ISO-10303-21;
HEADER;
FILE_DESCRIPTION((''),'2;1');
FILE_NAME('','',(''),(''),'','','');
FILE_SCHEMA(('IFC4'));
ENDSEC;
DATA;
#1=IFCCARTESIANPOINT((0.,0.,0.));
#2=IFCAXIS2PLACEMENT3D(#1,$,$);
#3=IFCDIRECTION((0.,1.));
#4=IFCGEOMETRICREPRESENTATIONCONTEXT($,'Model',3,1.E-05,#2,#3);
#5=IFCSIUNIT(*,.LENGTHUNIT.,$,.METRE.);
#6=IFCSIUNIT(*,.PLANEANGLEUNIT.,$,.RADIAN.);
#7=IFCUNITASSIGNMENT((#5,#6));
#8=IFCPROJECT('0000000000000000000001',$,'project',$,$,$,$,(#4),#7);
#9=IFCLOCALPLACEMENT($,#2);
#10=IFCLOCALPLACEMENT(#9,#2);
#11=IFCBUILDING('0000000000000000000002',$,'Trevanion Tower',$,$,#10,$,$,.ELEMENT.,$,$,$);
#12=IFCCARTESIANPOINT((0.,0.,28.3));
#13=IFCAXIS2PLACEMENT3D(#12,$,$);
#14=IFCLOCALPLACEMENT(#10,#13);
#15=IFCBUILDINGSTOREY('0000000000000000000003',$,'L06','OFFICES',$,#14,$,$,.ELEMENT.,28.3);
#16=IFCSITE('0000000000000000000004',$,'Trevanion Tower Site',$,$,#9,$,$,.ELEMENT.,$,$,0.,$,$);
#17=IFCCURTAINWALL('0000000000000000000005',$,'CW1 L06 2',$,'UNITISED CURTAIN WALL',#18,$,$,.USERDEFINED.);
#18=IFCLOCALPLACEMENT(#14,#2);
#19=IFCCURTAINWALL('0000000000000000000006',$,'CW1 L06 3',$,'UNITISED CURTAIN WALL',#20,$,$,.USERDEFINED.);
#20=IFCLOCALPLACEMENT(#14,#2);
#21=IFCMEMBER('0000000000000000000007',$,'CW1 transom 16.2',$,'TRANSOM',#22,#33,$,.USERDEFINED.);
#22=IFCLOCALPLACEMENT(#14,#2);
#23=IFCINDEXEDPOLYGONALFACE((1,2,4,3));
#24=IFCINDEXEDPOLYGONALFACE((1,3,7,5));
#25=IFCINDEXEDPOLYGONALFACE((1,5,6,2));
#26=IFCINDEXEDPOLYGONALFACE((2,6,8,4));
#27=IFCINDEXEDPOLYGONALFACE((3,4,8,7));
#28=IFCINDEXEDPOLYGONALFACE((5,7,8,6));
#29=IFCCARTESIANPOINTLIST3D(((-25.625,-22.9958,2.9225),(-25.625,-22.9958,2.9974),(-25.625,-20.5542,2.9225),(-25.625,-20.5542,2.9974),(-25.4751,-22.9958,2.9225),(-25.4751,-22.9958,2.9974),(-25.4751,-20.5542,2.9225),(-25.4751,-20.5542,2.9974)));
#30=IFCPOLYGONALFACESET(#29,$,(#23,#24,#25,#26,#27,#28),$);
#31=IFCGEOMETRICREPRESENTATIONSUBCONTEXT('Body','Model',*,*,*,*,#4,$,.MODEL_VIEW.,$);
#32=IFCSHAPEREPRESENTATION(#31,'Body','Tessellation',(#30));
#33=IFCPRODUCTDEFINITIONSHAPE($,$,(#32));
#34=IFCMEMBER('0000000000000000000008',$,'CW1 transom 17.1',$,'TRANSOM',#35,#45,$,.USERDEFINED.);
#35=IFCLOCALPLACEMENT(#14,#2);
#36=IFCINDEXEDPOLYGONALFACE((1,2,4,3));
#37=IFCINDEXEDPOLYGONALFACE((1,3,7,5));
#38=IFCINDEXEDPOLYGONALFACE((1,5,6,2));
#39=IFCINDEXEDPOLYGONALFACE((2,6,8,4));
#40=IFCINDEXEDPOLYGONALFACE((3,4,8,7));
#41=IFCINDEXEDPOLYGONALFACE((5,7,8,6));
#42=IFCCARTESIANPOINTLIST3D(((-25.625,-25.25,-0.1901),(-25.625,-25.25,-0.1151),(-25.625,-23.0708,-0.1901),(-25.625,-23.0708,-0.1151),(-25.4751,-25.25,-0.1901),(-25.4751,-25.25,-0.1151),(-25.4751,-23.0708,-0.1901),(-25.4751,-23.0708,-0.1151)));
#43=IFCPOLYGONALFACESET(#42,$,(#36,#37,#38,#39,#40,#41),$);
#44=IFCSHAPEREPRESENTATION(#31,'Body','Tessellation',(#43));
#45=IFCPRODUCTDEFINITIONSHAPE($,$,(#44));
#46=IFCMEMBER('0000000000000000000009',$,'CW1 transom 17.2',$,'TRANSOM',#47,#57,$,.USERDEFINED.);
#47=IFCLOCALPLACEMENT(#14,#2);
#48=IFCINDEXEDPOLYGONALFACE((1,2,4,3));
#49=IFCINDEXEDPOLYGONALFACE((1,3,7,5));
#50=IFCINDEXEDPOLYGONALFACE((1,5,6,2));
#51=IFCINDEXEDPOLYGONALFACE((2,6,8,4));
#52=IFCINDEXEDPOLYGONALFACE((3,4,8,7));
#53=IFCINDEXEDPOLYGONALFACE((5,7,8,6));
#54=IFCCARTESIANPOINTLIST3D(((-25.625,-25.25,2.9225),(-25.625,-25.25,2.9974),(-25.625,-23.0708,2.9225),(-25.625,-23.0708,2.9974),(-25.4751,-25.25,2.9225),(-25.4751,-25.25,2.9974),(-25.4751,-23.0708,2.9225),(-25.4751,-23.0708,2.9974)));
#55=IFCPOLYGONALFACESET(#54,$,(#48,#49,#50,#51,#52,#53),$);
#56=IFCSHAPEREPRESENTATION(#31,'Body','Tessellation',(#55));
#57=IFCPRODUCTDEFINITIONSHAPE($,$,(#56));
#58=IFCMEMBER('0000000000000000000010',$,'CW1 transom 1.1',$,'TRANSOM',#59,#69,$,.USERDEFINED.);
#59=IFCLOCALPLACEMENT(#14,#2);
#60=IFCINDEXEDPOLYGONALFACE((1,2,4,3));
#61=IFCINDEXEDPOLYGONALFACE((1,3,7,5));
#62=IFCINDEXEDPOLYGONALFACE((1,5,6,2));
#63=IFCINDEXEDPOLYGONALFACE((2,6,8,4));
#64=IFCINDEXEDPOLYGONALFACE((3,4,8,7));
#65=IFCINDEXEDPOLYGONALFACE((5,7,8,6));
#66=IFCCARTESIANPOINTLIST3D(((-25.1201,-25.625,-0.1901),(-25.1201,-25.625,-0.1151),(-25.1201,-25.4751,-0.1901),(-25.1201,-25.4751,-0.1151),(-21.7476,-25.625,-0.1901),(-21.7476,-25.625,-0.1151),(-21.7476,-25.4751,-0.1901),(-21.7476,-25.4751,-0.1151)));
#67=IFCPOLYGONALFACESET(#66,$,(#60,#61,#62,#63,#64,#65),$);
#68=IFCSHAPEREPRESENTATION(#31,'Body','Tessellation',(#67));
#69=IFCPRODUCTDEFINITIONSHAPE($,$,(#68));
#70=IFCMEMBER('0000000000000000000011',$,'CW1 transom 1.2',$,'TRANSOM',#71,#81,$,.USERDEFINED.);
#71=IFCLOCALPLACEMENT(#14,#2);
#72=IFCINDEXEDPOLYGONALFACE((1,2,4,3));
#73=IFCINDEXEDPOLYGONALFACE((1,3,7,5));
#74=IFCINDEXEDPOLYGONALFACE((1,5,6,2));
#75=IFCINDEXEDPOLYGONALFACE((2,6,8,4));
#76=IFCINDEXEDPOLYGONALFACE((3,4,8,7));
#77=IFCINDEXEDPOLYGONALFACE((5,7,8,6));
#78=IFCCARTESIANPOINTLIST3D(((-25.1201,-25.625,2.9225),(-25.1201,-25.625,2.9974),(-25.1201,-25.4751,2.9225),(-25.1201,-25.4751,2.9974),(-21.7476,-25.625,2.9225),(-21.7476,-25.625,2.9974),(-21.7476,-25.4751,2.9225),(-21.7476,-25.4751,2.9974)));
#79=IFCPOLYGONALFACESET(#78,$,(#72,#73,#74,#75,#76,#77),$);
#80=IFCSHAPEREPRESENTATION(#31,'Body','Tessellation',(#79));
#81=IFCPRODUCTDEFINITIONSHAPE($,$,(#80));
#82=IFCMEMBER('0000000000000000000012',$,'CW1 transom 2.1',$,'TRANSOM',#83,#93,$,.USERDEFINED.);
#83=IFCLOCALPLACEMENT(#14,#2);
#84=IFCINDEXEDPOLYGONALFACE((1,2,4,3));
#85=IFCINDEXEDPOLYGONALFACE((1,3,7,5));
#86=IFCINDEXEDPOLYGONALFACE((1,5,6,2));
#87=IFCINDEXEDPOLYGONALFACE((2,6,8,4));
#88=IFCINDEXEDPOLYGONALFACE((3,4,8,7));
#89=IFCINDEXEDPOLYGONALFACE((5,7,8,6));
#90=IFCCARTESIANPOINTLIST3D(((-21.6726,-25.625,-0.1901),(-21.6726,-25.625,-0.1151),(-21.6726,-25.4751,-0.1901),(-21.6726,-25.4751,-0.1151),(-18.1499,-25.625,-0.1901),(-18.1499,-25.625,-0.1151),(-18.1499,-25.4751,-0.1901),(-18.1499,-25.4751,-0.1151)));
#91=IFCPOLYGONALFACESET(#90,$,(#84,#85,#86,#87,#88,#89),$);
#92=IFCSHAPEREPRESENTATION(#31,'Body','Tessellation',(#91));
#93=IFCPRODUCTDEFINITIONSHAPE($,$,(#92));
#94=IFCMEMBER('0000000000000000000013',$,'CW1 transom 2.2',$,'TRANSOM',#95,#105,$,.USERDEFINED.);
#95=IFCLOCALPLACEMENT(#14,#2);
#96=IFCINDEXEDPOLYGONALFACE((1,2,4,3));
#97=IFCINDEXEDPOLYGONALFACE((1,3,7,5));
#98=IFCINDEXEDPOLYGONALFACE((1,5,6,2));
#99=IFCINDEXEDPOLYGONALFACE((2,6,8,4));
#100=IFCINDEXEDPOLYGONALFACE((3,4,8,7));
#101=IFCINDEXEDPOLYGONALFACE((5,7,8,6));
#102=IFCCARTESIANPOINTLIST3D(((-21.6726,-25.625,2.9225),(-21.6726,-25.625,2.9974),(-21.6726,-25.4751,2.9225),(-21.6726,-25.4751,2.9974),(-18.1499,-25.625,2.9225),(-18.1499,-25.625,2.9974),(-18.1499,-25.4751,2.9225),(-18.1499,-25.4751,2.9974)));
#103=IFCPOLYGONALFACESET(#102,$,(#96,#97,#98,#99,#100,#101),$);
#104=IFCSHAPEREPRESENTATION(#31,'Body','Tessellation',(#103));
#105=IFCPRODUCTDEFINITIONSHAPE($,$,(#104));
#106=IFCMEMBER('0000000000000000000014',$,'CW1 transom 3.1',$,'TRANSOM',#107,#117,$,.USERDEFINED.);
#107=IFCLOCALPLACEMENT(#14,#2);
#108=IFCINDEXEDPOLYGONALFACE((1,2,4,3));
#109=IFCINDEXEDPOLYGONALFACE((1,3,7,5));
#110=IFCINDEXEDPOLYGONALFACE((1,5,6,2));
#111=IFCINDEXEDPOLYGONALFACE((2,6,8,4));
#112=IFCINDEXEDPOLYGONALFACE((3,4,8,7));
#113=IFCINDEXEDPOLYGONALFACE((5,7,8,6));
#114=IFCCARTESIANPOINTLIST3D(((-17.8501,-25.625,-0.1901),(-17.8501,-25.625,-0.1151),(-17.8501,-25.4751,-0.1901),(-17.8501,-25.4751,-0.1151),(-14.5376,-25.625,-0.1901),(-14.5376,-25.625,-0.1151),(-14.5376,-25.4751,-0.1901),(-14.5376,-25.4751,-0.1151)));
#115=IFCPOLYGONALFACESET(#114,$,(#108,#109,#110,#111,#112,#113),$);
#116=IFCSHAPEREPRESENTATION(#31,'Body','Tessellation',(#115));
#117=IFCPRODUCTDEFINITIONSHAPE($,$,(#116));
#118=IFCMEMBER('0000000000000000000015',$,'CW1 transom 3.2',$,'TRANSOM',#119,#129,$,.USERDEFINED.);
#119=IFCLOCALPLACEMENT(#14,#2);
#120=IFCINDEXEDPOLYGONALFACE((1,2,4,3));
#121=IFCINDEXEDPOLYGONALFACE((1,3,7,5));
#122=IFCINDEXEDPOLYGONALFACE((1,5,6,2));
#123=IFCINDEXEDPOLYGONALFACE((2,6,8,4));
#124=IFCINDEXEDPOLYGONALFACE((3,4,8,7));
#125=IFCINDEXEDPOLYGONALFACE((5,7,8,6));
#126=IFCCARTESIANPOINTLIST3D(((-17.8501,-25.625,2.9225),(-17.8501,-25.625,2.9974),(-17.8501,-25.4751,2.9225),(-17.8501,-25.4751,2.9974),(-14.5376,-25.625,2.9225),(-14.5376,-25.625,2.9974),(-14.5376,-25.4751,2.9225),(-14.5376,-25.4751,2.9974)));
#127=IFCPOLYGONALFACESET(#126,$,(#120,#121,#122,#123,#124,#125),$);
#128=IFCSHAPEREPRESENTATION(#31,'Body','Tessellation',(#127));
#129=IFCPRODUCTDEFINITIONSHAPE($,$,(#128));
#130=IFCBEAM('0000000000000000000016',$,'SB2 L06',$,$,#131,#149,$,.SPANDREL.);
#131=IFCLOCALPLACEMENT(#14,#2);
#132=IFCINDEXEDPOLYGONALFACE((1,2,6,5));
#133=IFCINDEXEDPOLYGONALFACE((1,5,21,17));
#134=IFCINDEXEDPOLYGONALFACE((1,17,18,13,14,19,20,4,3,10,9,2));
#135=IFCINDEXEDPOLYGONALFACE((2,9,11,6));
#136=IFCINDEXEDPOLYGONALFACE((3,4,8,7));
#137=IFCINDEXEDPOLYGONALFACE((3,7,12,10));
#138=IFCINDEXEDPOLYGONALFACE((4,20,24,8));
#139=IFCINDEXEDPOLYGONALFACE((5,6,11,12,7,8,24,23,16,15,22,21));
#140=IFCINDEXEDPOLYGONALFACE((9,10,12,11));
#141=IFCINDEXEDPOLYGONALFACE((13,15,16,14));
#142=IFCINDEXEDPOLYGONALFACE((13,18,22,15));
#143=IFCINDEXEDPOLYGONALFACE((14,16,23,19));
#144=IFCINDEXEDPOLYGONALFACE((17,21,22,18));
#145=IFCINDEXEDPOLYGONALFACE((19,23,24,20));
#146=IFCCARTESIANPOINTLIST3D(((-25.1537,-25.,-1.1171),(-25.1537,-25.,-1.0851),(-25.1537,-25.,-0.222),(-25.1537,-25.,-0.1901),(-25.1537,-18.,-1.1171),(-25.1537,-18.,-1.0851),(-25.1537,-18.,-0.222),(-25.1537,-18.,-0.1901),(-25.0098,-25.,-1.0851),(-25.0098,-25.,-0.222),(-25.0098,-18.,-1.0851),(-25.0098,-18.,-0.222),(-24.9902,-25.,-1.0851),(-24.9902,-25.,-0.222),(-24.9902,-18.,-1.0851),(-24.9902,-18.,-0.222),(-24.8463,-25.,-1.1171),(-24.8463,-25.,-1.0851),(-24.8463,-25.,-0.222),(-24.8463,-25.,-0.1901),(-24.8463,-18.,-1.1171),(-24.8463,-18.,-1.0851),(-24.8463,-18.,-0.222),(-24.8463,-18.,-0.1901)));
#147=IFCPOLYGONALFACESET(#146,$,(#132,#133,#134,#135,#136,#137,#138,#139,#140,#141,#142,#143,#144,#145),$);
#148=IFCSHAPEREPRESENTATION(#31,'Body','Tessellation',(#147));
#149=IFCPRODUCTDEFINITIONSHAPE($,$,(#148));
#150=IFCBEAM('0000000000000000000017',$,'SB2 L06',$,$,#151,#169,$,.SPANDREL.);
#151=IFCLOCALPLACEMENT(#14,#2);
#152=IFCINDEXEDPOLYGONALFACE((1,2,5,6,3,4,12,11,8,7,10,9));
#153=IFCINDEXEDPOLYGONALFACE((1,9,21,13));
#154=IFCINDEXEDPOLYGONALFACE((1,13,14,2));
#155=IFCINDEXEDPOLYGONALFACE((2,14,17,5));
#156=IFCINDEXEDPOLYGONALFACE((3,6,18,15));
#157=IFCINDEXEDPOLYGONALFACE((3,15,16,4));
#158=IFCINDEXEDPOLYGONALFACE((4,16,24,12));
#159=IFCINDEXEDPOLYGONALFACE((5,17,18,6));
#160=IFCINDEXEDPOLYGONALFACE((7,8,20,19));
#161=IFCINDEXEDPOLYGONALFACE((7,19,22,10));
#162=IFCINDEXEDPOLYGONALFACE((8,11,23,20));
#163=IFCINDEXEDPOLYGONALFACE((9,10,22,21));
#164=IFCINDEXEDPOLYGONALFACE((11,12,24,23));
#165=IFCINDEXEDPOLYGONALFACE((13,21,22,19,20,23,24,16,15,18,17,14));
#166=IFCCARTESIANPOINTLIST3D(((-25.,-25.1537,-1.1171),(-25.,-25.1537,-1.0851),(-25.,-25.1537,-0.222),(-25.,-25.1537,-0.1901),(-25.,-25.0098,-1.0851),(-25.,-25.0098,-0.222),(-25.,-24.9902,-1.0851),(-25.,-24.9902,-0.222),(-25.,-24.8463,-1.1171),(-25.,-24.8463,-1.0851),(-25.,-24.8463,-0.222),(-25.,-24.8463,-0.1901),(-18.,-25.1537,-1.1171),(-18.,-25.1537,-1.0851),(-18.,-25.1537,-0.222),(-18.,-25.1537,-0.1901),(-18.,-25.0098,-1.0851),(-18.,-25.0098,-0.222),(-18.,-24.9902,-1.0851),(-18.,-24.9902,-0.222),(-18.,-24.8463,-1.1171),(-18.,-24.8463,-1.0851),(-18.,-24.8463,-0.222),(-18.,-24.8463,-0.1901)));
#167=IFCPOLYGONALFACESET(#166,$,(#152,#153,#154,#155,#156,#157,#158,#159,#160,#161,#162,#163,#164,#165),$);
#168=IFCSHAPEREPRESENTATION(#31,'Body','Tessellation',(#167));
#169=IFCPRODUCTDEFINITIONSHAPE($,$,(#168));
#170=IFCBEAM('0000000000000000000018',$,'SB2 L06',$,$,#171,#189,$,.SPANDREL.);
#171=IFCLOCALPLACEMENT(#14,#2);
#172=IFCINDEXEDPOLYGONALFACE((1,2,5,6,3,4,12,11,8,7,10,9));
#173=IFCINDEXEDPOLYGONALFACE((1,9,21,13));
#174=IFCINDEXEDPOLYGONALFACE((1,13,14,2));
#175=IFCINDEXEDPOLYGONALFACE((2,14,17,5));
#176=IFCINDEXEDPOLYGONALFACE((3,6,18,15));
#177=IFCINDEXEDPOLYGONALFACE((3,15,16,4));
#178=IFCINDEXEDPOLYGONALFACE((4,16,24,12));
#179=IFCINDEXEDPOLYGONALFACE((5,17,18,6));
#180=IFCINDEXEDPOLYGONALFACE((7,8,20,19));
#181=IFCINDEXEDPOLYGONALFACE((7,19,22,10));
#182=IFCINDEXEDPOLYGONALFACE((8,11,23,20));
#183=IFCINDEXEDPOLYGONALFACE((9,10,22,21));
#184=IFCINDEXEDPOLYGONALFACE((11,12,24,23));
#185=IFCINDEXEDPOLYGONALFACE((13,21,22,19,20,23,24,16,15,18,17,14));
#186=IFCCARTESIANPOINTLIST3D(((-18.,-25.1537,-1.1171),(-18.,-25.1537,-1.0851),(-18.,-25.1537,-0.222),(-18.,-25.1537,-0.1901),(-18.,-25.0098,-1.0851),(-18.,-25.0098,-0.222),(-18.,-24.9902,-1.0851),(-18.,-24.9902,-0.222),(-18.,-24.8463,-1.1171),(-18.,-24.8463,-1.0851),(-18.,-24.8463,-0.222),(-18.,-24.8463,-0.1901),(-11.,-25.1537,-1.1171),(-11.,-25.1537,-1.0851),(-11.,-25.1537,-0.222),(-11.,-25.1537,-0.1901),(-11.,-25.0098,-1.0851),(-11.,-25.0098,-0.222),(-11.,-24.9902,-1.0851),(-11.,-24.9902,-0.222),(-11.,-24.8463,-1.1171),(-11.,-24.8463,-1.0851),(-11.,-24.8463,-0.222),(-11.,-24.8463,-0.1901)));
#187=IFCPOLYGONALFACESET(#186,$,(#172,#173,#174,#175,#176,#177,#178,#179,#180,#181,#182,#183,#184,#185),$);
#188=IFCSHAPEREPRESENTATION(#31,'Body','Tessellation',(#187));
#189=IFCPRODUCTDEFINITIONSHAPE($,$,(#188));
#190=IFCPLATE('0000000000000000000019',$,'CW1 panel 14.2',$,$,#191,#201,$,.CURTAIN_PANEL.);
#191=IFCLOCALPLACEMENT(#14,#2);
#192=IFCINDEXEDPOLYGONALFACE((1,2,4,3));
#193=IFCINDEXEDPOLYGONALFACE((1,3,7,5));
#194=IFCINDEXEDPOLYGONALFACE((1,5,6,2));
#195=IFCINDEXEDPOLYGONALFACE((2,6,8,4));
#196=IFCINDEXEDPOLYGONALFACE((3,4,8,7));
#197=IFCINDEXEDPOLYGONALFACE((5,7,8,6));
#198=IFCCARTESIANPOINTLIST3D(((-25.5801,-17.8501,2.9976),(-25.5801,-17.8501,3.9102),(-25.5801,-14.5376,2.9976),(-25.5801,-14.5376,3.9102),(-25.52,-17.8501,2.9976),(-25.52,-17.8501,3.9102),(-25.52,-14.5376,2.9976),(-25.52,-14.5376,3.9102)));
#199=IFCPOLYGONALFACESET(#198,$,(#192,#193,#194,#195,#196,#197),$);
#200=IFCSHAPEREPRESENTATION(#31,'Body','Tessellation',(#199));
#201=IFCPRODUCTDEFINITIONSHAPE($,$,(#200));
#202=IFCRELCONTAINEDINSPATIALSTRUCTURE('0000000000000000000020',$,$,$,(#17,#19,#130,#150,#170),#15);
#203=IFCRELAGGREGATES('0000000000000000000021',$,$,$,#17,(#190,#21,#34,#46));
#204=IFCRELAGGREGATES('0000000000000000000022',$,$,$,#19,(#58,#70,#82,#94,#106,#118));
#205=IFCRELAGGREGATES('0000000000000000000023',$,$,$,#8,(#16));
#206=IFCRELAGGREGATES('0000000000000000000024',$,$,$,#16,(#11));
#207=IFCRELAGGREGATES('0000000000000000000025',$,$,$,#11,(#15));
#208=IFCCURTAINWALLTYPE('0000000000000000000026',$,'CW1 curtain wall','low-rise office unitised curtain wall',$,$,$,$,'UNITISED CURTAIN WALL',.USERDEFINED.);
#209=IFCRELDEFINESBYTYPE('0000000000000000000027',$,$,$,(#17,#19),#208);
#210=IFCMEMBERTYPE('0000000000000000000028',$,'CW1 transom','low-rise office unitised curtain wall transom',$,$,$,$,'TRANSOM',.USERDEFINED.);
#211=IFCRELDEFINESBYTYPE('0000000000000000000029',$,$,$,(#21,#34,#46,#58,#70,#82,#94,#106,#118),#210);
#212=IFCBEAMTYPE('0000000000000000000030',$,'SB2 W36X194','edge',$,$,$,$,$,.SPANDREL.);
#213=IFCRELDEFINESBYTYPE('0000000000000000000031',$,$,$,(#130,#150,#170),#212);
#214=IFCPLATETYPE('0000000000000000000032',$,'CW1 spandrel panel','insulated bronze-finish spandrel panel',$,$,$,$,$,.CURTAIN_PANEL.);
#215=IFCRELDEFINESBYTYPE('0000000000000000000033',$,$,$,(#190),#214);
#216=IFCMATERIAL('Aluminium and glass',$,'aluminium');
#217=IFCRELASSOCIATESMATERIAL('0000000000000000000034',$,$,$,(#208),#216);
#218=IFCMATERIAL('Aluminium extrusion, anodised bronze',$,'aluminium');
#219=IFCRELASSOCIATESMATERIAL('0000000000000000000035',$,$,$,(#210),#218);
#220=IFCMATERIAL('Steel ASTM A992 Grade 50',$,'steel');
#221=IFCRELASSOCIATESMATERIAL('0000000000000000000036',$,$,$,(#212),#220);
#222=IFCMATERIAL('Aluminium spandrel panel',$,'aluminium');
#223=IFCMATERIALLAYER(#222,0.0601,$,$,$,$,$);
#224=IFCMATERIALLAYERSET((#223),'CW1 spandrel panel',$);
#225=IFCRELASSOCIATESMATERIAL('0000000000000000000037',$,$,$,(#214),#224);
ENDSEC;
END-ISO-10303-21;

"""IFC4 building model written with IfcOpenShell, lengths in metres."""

from ifc_helpers import new_model, si_unit, direction, frame, origin, origin_2d, place, context, subcontext, project, spatial, rectangle, i_section, extrude, material, layer, layer_set, material_profile, profile_set, type_object, element, aggregate, save


model = new_model("IFC4")

# Units and contexts
model_context = context("Model", 3, precision=1e-05, world=origin(), true_north=direction((0.0, 1.0)))
body_context = subcontext(model_context, "Body", "Model", "MODEL_VIEW")
ifc_project = project(units=[si_unit("LENGTHUNIT", "METRE"), si_unit("PLANEANGLEUNIT", "RADIAN")], contexts=[model_context])

# Site, building, storey
site_placement = place(None, origin())
site = spatial("IfcSite", under=ifc_project, at=site_placement, Name="Trevanion Tower Site", CompositionType="ELEMENT", RefElevation=0.0)
building_placement = place(site_placement, origin())
building = spatial("IfcBuilding", under=site, at=building_placement, Name="Trevanion Tower", CompositionType="ELEMENT")
storey_placement = place(building_placement, frame((0.0, 0.0, 28.3)))
storey = spatial("IfcBuildingStorey", under=building, at=storey_placement, Name="L06", Description="OFFICES", CompositionType="ELEMENT", Elevation=28.3)

# Curtain wall
ifc_material_1 = material(Name="Aluminium and glass", Category="aluminium")
curtain_wall_type = type_object("IfcCurtainWallType", Name="CW1 curtain wall", Description="low-rise office unitised curtain wall", ElementType="UNITISED CURTAIN WALL", PredefinedType="USERDEFINED", material=ifc_material_1)
curtain_wall_1_placement = place(storey_placement, origin())
curtain_wall_1 = element("IfcCurtainWall", 1, at=curtain_wall_1_placement, inside=storey, type_object=curtain_wall_type, Name="CW1 L06 2", ObjectType="UNITISED CURTAIN WALL", PredefinedType="USERDEFINED")

# Curtain wall
curtain_wall_2_placement = place(storey_placement, origin())
curtain_wall_2 = element("IfcCurtainWall", 2, at=curtain_wall_2_placement, inside=storey, type_object=curtain_wall_type, Name="CW1 L06 3", ObjectType="UNITISED CURTAIN WALL", PredefinedType="USERDEFINED")

# Members
ifc_material_2 = material(Name="Aluminium extrusion, anodised bronze", Category="aluminium")
ifc_material_profile_1 = material_profile(ifc_material_2, rectangle(XDim=0.1499, YDim=0.075, at=origin_2d()), Name="CW1 transom")
ifc_profile_set_1 = profile_set([ifc_material_profile_1], Name="Aluminium extrusion, anodised bronze")
member_type_1 = type_object("IfcMemberType", Name="CW1 transom", Description="low-rise office unitised curtain wall transom", ElementType="TRANSOM", PredefinedType="USERDEFINED", material=ifc_profile_set_1)
member_1_placement = place(storey_placement, frame((-25.55, -20.5542, 2.96), z_axis=(0.0, -1.0, 0.0), x_axis=(1.0, 0.0, 0.0)))
member_1 = element("IfcMember", 3, at=member_1_placement, type_object=member_type_1, Name="CW1 transom 16.2", ObjectType="TRANSOM", PredefinedType="USERDEFINED", context=body_context, shape_type="SweptSolid", body=[
    extrude(rectangle(XDim=0.1499, YDim=0.075, at=origin_2d()), origin(), (0.0, 0.0, 1.0), 2.4417),
])
member_2_placement = place(storey_placement, frame((-25.55, -23.0708, -0.1526), z_axis=(0.0, -1.0, 0.0), x_axis=(1.0, 0.0, 0.0)))
member_2 = element("IfcMember", 4, at=member_2_placement, type_object=member_type_1, Name="CW1 transom 17.1", ObjectType="TRANSOM", PredefinedType="USERDEFINED", context=body_context, shape_type="SweptSolid", body=[
    extrude(rectangle(XDim=0.1499, YDim=0.075, at=origin_2d()), origin(), (0.0, 0.0, 1.0), 2.1792),
])
member_3_placement = place(storey_placement, frame((-25.55, -23.0708, 2.96), z_axis=(0.0, -1.0, 0.0), x_axis=(1.0, 0.0, 0.0)))
member_3 = element("IfcMember", 5, at=member_3_placement, type_object=member_type_1, Name="CW1 transom 17.2", ObjectType="TRANSOM", PredefinedType="USERDEFINED", context=body_context, shape_type="SweptSolid", body=[
    extrude(rectangle(XDim=0.1499, YDim=0.075, at=origin_2d()), origin(), (0.0, 0.0, 1.0), 2.1792),
])
member_4_placement = place(storey_placement, frame((-25.1201, -25.55, -0.1526), z_axis=(1.0, 0.0, 0.0), x_axis=(0.0, 1.0, 0.0)))
member_4 = element("IfcMember", 6, at=member_4_placement, type_object=member_type_1, Name="CW1 transom 1.1", ObjectType="TRANSOM", PredefinedType="USERDEFINED", context=body_context, shape_type="SweptSolid", body=[
    extrude(rectangle(XDim=0.1499, YDim=0.075, at=origin_2d()), origin(), (0.0, 0.0, 1.0), 3.3726),
])
member_5_placement = place(storey_placement, frame((-25.1201, -25.55, 2.96), z_axis=(1.0, 0.0, 0.0), x_axis=(0.0, 1.0, 0.0)))
member_5 = element("IfcMember", 7, at=member_5_placement, type_object=member_type_1, Name="CW1 transom 1.2", ObjectType="TRANSOM", PredefinedType="USERDEFINED", context=body_context, shape_type="SweptSolid", body=[
    extrude(rectangle(XDim=0.1499, YDim=0.075, at=origin_2d()), origin(), (0.0, 0.0, 1.0), 3.3726),
])
member_6_placement = place(storey_placement, frame((-21.6726, -25.55, -0.1526), z_axis=(1.0, 0.0, 0.0), x_axis=(0.0, 1.0, 0.0)))
member_6 = element("IfcMember", 8, at=member_6_placement, type_object=member_type_1, Name="CW1 transom 2.1", ObjectType="TRANSOM", PredefinedType="USERDEFINED", context=body_context, shape_type="SweptSolid", body=[
    extrude(rectangle(XDim=0.1499, YDim=0.075, at=origin_2d()), origin(), (0.0, 0.0, 1.0), 3.5227),
])
member_7_placement = place(storey_placement, frame((-21.6726, -25.55, 2.96), z_axis=(1.0, 0.0, 0.0), x_axis=(0.0, 1.0, 0.0)))
member_7 = element("IfcMember", 9, at=member_7_placement, type_object=member_type_1, Name="CW1 transom 2.2", ObjectType="TRANSOM", PredefinedType="USERDEFINED", context=body_context, shape_type="SweptSolid", body=[
    extrude(rectangle(XDim=0.1499, YDim=0.075, at=origin_2d()), origin(), (0.0, 0.0, 1.0), 3.5227),
])
member_8_placement = place(storey_placement, frame((-17.8501, -25.55, -0.1526), z_axis=(1.0, 0.0, 0.0), x_axis=(0.0, 1.0, 0.0)))
member_8 = element("IfcMember", 10, at=member_8_placement, type_object=member_type_1, Name="CW1 transom 3.1", ObjectType="TRANSOM", PredefinedType="USERDEFINED", context=body_context, shape_type="SweptSolid", body=[
    extrude(rectangle(XDim=0.1499, YDim=0.075, at=origin_2d()), origin(), (0.0, 0.0, 1.0), 3.3125),
])
member_9_placement = place(storey_placement, frame((-17.8501, -25.55, 2.96), z_axis=(1.0, 0.0, 0.0), x_axis=(0.0, 1.0, 0.0)))
member_9 = element("IfcMember", 11, at=member_9_placement, type_object=member_type_1, Name="CW1 transom 3.2", ObjectType="TRANSOM", PredefinedType="USERDEFINED", context=body_context, shape_type="SweptSolid", body=[
    extrude(rectangle(XDim=0.1499, YDim=0.075, at=origin_2d()), origin(), (0.0, 0.0, 1.0), 3.3125),
])

# Beams
ifc_material_3 = material(Name="Steel ASTM A992 Grade 50", Category="steel")
ifc_material_profile_2 = material_profile(ifc_material_3, i_section(OverallWidth=0.3074, OverallDepth=0.927, WebThickness=0.0195, FlangeThickness=0.032, at=origin_2d()), Name="W36X194")
ifc_profile_set_2 = profile_set([ifc_material_profile_2], Name="Steel ASTM A992 Grade 50")
beam_type = type_object("IfcBeamType", Name="SB2 W36X194", Description="edge", PredefinedType="SPANDREL", material=ifc_profile_set_2)
for number, where, z_axis, x_axis, name in (
    (12, (-25.0, -18.0, -0.6536), (0.0, -1.0, 0.0), (1.0, 0.0, 0.0), "SB2 L06"),
    (13, (-25.0, -25.0, -0.6536), (1.0, 0.0, 0.0), (0.0, 1.0, 0.0), "SB2 L06"),
    (14, (-18.0, -25.0, -0.6536), (1.0, 0.0, 0.0), (0.0, 1.0, 0.0), "SB2 L06"),
):
    element("IfcBeam", number, at=place(storey_placement, frame(where, z_axis=z_axis, x_axis=x_axis)), inside=storey, type_object=beam_type, Name=name, PredefinedType="SPANDREL", context=body_context, shape_type="SweptSolid", body=[
        extrude(i_section(OverallWidth=0.3074, OverallDepth=0.927, WebThickness=0.0195, FlangeThickness=0.032, at=origin_2d()), origin(), (0.0, 0.0, 1.0), 7.0),
    ])

# Plate
ifc_material_4 = material(Name="Aluminium spandrel panel", Category="aluminium")
ifc_layer_1 = layer(ifc_material_4, 0.0601)
ifc_layer_set_1 = layer_set([ifc_layer_1], Name="CW1 spandrel panel")
plate_type_1 = type_object("IfcPlateType", Name="CW1 spandrel panel", Description="insulated bronze-finish spandrel panel", PredefinedType="CURTAIN_PANEL", material=ifc_layer_set_1)
plate_1_placement = place(storey_placement, frame((-25.55, -16.1938, 2.9976), z_axis=(0.0, 0.0, 1.0), x_axis=(0.0, -1.0, 0.0)))
plate_1 = element("IfcPlate", 15, at=plate_1_placement, type_object=plate_type_1, Name="CW1 panel 14.2", PredefinedType="CURTAIN_PANEL", context=body_context, shape_type="SweptSolid", body=[
    extrude(rectangle(XDim=3.3125, YDim=0.0601, at=origin_2d()), origin(), (0.0, 0.0, 1.0), 0.9126),
])
aggregate(curtain_wall_1, [plate_1, member_1, member_2, member_3])
aggregate(curtain_wall_2, [member_4, member_5, member_6, member_7, member_8, member_9])

save(model, "model.ifc")
